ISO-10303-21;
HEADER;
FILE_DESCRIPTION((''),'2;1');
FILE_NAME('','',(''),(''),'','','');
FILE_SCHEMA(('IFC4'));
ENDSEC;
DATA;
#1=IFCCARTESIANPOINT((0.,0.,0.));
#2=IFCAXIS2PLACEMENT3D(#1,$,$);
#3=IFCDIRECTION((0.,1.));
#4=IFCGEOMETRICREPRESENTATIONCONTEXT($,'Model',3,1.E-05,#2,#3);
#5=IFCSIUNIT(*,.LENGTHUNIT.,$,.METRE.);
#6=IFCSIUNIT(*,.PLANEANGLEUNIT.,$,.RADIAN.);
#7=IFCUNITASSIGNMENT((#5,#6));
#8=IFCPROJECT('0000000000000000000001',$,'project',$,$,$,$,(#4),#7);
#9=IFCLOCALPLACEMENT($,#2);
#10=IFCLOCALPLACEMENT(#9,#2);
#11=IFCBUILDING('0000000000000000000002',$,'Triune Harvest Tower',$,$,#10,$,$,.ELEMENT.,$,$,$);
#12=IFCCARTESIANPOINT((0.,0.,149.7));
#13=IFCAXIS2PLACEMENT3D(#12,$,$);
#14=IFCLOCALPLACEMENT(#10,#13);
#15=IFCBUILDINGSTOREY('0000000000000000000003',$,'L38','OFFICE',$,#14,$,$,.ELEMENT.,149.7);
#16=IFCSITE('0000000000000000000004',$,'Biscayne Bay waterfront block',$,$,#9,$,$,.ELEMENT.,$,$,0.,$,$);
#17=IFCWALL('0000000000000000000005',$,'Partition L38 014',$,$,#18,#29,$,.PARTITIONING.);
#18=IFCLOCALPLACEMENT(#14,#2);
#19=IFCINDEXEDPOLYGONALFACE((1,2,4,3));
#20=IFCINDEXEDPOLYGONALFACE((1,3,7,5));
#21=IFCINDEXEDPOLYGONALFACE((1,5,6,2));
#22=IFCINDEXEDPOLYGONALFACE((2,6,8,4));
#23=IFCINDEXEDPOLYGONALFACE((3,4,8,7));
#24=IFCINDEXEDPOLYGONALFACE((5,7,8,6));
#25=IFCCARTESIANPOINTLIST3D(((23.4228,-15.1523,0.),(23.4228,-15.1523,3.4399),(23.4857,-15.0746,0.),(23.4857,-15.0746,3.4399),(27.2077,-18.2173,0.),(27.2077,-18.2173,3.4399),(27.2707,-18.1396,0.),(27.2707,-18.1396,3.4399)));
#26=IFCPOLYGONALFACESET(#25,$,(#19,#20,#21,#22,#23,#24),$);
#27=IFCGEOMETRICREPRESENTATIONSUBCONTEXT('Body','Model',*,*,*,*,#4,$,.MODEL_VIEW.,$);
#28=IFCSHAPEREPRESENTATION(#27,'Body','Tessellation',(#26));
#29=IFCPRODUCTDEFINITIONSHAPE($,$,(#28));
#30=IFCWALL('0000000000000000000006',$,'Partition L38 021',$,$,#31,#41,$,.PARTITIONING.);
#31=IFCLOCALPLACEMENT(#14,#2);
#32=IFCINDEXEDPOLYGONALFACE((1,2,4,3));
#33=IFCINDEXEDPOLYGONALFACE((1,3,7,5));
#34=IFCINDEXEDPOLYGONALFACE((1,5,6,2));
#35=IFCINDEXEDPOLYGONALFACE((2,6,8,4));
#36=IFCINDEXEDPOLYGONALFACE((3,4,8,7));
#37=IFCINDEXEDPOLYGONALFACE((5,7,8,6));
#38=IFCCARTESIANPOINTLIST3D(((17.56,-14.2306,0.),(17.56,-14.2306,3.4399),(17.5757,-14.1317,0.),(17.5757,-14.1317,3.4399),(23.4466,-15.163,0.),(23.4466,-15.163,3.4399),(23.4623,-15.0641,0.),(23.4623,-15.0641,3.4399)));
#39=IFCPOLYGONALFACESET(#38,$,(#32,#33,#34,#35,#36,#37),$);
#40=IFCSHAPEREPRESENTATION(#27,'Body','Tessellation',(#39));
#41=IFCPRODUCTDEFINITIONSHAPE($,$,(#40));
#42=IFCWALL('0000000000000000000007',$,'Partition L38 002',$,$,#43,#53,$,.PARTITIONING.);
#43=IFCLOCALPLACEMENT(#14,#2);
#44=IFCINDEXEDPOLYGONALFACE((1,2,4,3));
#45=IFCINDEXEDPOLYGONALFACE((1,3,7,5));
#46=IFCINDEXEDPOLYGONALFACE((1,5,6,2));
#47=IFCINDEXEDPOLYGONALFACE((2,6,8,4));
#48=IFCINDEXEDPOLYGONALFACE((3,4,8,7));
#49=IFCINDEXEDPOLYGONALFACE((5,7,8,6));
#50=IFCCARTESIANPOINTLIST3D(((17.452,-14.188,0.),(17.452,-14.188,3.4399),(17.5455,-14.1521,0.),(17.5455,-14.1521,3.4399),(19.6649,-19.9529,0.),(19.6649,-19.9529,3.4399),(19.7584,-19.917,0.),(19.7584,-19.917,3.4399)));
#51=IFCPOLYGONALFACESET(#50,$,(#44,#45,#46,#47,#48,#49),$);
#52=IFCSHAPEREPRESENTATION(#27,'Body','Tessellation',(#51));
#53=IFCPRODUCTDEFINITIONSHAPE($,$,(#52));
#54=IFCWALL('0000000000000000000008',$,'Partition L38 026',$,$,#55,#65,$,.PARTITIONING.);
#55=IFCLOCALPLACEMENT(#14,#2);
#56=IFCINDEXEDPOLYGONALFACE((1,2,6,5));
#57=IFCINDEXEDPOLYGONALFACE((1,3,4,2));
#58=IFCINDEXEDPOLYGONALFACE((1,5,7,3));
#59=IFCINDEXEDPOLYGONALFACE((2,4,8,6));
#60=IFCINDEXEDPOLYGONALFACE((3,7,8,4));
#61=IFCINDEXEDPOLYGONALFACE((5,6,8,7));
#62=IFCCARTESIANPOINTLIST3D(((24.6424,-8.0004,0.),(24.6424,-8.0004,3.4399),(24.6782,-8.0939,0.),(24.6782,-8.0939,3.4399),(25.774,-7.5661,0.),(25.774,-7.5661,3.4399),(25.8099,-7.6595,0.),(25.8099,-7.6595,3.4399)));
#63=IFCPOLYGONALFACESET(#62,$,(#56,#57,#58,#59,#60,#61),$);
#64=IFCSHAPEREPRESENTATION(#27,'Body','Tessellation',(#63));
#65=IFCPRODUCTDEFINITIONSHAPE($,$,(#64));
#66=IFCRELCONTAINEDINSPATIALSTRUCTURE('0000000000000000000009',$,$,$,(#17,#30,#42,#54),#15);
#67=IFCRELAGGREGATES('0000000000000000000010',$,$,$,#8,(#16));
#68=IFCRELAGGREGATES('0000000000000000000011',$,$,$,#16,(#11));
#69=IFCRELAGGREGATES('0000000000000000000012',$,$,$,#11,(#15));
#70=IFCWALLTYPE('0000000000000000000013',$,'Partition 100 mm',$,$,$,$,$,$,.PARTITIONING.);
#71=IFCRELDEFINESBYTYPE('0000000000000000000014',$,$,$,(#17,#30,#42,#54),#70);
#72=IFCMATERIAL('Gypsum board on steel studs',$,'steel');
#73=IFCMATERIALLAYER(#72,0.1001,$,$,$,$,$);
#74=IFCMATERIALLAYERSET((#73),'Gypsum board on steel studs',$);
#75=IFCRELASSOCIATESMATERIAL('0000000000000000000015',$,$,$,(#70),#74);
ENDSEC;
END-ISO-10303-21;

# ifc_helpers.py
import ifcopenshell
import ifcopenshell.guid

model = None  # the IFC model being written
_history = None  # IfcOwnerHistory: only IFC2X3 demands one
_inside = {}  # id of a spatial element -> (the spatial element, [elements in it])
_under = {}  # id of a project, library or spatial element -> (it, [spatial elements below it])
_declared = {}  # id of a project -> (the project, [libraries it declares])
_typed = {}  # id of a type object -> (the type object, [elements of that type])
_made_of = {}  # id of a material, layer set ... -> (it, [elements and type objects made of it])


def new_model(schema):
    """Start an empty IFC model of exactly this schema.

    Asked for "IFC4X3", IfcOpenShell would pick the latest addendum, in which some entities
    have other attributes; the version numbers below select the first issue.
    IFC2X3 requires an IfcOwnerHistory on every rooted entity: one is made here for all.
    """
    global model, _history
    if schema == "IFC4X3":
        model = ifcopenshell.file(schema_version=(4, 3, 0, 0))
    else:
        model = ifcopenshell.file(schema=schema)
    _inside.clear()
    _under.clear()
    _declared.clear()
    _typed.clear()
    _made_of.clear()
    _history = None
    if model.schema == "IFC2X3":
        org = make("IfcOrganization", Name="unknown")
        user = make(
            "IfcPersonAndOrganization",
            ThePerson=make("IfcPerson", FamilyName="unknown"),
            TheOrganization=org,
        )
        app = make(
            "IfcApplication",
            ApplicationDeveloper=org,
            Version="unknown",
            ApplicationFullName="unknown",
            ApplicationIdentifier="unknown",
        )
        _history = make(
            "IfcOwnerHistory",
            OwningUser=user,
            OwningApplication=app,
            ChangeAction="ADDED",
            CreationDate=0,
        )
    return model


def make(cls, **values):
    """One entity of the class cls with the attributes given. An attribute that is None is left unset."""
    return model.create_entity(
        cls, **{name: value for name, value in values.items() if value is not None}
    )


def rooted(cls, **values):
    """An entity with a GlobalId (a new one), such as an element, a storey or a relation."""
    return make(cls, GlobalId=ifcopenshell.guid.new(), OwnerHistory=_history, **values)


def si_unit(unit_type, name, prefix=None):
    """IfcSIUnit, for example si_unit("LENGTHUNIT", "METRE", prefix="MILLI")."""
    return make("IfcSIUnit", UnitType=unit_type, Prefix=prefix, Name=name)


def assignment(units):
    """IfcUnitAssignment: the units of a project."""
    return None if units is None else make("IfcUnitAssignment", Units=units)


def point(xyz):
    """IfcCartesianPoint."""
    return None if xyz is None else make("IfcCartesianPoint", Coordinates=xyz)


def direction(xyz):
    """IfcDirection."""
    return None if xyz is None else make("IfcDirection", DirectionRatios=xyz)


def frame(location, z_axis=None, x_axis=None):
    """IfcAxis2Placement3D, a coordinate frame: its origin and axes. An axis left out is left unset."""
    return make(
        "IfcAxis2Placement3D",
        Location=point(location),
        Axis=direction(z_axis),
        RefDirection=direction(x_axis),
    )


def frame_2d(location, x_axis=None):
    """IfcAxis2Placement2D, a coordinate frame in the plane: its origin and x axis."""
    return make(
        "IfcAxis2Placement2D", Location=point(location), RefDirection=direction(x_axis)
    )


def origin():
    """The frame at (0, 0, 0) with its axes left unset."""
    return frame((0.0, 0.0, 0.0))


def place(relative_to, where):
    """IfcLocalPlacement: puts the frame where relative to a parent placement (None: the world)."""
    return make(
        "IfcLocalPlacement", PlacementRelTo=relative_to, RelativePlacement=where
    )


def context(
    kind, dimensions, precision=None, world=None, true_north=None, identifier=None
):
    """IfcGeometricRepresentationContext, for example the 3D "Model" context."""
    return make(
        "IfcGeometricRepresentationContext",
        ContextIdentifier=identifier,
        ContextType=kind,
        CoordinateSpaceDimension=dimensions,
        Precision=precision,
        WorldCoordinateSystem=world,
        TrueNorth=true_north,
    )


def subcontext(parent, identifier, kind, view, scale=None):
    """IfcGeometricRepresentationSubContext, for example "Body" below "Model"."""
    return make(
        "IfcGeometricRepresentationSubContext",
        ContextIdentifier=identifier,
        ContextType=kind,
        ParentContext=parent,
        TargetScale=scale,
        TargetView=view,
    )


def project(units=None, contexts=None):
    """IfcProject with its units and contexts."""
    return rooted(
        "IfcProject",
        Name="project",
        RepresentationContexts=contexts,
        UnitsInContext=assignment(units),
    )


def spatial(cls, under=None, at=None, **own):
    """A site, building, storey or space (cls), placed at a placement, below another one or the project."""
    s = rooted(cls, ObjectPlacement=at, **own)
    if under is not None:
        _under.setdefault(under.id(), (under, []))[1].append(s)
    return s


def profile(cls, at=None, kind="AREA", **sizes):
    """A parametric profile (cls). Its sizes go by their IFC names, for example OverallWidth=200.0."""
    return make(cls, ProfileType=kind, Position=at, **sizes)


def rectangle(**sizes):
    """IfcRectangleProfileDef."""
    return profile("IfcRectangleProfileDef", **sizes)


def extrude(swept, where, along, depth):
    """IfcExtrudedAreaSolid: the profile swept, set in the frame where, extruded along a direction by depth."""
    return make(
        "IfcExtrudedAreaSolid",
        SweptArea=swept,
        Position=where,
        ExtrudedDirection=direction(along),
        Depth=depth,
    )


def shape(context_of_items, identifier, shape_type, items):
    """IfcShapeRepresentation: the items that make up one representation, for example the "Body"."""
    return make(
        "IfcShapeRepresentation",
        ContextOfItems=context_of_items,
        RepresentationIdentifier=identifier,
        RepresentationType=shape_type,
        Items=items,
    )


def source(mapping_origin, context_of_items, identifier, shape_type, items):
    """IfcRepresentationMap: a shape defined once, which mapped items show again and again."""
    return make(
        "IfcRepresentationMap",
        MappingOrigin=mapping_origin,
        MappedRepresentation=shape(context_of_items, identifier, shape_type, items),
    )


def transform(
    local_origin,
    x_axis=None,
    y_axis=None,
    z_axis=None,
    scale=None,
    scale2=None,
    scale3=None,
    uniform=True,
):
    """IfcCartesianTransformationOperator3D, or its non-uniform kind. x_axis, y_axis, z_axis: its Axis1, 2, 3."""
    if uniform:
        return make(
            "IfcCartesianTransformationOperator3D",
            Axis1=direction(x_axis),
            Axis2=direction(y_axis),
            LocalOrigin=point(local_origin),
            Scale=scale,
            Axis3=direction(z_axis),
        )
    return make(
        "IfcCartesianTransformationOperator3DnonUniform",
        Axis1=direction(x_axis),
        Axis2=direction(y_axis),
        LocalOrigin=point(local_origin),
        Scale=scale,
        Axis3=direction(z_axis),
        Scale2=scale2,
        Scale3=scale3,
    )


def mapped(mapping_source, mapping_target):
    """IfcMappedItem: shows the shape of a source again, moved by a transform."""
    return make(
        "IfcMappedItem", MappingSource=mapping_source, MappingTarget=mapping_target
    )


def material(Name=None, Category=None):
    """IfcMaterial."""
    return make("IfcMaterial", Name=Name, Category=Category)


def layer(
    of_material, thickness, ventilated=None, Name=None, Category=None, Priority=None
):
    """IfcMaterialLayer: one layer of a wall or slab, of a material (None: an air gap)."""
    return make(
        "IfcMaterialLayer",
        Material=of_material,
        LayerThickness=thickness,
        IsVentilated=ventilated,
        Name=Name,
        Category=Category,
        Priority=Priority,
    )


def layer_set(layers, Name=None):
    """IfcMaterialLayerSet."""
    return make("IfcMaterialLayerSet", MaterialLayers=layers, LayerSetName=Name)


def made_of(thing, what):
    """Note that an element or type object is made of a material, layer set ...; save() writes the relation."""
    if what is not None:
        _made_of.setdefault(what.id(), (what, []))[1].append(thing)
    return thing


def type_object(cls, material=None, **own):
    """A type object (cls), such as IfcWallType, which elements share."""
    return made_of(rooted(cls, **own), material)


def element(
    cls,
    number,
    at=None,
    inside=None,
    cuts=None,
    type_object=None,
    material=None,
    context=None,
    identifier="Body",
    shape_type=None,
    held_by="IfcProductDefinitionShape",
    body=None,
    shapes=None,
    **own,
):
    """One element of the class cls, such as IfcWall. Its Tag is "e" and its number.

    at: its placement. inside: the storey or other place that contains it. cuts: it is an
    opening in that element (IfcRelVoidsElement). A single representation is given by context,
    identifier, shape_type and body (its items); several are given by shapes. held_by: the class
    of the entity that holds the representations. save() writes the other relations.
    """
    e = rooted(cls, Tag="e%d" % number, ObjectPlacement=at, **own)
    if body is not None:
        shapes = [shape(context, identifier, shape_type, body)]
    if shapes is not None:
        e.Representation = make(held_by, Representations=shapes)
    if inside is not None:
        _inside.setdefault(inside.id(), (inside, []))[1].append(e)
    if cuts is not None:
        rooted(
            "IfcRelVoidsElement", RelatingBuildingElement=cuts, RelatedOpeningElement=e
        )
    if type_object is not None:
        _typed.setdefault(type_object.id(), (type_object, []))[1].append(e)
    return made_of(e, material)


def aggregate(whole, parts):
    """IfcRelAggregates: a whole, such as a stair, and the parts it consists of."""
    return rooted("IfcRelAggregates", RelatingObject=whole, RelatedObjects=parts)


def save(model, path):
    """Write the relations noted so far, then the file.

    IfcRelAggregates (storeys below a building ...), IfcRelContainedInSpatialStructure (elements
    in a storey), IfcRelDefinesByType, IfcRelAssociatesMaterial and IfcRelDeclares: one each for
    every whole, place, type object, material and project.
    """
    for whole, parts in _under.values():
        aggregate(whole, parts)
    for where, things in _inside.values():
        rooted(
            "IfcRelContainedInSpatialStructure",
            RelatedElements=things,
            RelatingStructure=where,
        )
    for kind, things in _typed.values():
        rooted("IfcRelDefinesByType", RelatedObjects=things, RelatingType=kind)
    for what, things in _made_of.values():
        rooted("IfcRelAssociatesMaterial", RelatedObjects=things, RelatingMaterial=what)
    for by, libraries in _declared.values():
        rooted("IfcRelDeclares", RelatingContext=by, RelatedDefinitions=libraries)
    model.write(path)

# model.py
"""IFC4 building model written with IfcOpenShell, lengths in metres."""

from ifc_helpers import new_model, si_unit, direction, frame, frame_2d, origin, place, context, subcontext, project, spatial, rectangle, extrude, source, transform, mapped, material, layer, layer_set, type_object, element, save


model = new_model("IFC4")

# Units and contexts
model_context = context("Model", 3, precision=1e-05, world=origin(), true_north=direction((0.0, 1.0)))
body_context = subcontext(model_context, "Body", "Model", "MODEL_VIEW")
ifc_project = project(units=[si_unit("LENGTHUNIT", "METRE"), si_unit("PLANEANGLEUNIT", "RADIAN")], contexts=[model_context])

# Site, building, storey
site_placement = place(None, origin())
site = spatial("IfcSite", under=ifc_project, at=site_placement, Name="Biscayne Bay waterfront block", CompositionType="ELEMENT", RefElevation=0.0)
building_placement = place(site_placement, origin())
building = spatial("IfcBuilding", under=site, at=building_placement, Name="Triune Harvest Tower", CompositionType="ELEMENT")
storey_placement = place(building_placement, frame((0.0, 0.0, 149.7)))
storey = spatial("IfcBuildingStorey", under=building, at=storey_placement, Name="L38", Description="OFFICE", CompositionType="ELEMENT", Elevation=149.7)

# Walls
ifc_material_1 = material(Name="Gypsum board on steel studs", Category="steel")
ifc_layer_1 = layer(ifc_material_1, 0.1001)
ifc_layer_set_1 = layer_set([ifc_layer_1], Name="Gypsum board on steel studs")
wall_type = type_object("IfcWallType", Name="Partition 100 mm", PredefinedType="PARTITIONING", material=ifc_layer_set_1)
wall_1_placement = place(storey_placement, frame((23.4543, -15.1135, 0.0), z_axis=(0.0, 0.0, 1.0), x_axis=(0.777148, -0.629318, 0.0)))
element("IfcWall", 1, at=wall_1_placement, inside=storey, type_object=wall_type, Name="Partition L38 014", PredefinedType="PARTITIONING", context=body_context, shape_type="SweptSolid", body=[
    extrude(rectangle(XDim=4.8704, YDim=0.1001, at=frame_2d((2.4351, 0.0))), origin(), (0.0, 0.0, 1.0), 3.4399),
])
wall_2_placement = place(storey_placement, frame((17.5679, -14.1812, 0.0), z_axis=(0.0, 0.0, 1.0), x_axis=(0.987687, -0.156442, 0.0)))
element("IfcWall", 2, at=wall_2_placement, inside=storey, type_object=wall_type, Name="Partition L38 021", PredefinedType="PARTITIONING", context=body_context, shape_type="SweptSolid", body=[
    extrude(rectangle(XDim=5.96, YDim=0.1001, at=frame_2d((2.98, 0.0))), origin(), (0.0, 0.0, 1.0), 3.4399),
])
shared_shape_1 = source(origin(), body_context, "Body", "SweptSolid", [
    extrude(rectangle(XDim=6.175, YDim=0.1001, at=frame_2d((3.0874, 0.0))), origin(), (0.0, 0.0, 1.0), 3.4399),
])
wall_3_placement = place(storey_placement, frame((17.4988, -14.1702, 0.0), z_axis=(0.0, 0.0, 1.0), x_axis=(0.358362, -0.933583, 0.0)))
element("IfcWall", 3, at=wall_3_placement, inside=storey, type_object=wall_type, Name="Partition L38 002", PredefinedType="PARTITIONING", context=body_context, shape_type="MappedRepresentation", body=[
    mapped(shared_shape_1, transform((0.0, 0.0, 0.0), scale=1.0)),
])
shared_shape_2 = source(origin(), body_context, "Body", "SweptSolid", [
    extrude(rectangle(XDim=1.2122, YDim=0.1001, at=frame_2d((0.606, 0.0))), origin(), (0.0, 0.0, 1.0), 3.4399),
])
wall_4_placement = place(storey_placement, frame((24.6604, -8.0471, 0.0), z_axis=(0.0, 0.0, 1.0), x_axis=(0.933595, 0.358331, 0.0)))
element("IfcWall", 4, at=wall_4_placement, inside=storey, type_object=wall_type, Name="Partition L38 026", PredefinedType="PARTITIONING", context=body_context, shape_type="MappedRepresentation", body=[
    mapped(shared_shape_2, transform((0.0, 0.0, 0.0), scale=1.0)),
])

save(model, "model.ifc")
